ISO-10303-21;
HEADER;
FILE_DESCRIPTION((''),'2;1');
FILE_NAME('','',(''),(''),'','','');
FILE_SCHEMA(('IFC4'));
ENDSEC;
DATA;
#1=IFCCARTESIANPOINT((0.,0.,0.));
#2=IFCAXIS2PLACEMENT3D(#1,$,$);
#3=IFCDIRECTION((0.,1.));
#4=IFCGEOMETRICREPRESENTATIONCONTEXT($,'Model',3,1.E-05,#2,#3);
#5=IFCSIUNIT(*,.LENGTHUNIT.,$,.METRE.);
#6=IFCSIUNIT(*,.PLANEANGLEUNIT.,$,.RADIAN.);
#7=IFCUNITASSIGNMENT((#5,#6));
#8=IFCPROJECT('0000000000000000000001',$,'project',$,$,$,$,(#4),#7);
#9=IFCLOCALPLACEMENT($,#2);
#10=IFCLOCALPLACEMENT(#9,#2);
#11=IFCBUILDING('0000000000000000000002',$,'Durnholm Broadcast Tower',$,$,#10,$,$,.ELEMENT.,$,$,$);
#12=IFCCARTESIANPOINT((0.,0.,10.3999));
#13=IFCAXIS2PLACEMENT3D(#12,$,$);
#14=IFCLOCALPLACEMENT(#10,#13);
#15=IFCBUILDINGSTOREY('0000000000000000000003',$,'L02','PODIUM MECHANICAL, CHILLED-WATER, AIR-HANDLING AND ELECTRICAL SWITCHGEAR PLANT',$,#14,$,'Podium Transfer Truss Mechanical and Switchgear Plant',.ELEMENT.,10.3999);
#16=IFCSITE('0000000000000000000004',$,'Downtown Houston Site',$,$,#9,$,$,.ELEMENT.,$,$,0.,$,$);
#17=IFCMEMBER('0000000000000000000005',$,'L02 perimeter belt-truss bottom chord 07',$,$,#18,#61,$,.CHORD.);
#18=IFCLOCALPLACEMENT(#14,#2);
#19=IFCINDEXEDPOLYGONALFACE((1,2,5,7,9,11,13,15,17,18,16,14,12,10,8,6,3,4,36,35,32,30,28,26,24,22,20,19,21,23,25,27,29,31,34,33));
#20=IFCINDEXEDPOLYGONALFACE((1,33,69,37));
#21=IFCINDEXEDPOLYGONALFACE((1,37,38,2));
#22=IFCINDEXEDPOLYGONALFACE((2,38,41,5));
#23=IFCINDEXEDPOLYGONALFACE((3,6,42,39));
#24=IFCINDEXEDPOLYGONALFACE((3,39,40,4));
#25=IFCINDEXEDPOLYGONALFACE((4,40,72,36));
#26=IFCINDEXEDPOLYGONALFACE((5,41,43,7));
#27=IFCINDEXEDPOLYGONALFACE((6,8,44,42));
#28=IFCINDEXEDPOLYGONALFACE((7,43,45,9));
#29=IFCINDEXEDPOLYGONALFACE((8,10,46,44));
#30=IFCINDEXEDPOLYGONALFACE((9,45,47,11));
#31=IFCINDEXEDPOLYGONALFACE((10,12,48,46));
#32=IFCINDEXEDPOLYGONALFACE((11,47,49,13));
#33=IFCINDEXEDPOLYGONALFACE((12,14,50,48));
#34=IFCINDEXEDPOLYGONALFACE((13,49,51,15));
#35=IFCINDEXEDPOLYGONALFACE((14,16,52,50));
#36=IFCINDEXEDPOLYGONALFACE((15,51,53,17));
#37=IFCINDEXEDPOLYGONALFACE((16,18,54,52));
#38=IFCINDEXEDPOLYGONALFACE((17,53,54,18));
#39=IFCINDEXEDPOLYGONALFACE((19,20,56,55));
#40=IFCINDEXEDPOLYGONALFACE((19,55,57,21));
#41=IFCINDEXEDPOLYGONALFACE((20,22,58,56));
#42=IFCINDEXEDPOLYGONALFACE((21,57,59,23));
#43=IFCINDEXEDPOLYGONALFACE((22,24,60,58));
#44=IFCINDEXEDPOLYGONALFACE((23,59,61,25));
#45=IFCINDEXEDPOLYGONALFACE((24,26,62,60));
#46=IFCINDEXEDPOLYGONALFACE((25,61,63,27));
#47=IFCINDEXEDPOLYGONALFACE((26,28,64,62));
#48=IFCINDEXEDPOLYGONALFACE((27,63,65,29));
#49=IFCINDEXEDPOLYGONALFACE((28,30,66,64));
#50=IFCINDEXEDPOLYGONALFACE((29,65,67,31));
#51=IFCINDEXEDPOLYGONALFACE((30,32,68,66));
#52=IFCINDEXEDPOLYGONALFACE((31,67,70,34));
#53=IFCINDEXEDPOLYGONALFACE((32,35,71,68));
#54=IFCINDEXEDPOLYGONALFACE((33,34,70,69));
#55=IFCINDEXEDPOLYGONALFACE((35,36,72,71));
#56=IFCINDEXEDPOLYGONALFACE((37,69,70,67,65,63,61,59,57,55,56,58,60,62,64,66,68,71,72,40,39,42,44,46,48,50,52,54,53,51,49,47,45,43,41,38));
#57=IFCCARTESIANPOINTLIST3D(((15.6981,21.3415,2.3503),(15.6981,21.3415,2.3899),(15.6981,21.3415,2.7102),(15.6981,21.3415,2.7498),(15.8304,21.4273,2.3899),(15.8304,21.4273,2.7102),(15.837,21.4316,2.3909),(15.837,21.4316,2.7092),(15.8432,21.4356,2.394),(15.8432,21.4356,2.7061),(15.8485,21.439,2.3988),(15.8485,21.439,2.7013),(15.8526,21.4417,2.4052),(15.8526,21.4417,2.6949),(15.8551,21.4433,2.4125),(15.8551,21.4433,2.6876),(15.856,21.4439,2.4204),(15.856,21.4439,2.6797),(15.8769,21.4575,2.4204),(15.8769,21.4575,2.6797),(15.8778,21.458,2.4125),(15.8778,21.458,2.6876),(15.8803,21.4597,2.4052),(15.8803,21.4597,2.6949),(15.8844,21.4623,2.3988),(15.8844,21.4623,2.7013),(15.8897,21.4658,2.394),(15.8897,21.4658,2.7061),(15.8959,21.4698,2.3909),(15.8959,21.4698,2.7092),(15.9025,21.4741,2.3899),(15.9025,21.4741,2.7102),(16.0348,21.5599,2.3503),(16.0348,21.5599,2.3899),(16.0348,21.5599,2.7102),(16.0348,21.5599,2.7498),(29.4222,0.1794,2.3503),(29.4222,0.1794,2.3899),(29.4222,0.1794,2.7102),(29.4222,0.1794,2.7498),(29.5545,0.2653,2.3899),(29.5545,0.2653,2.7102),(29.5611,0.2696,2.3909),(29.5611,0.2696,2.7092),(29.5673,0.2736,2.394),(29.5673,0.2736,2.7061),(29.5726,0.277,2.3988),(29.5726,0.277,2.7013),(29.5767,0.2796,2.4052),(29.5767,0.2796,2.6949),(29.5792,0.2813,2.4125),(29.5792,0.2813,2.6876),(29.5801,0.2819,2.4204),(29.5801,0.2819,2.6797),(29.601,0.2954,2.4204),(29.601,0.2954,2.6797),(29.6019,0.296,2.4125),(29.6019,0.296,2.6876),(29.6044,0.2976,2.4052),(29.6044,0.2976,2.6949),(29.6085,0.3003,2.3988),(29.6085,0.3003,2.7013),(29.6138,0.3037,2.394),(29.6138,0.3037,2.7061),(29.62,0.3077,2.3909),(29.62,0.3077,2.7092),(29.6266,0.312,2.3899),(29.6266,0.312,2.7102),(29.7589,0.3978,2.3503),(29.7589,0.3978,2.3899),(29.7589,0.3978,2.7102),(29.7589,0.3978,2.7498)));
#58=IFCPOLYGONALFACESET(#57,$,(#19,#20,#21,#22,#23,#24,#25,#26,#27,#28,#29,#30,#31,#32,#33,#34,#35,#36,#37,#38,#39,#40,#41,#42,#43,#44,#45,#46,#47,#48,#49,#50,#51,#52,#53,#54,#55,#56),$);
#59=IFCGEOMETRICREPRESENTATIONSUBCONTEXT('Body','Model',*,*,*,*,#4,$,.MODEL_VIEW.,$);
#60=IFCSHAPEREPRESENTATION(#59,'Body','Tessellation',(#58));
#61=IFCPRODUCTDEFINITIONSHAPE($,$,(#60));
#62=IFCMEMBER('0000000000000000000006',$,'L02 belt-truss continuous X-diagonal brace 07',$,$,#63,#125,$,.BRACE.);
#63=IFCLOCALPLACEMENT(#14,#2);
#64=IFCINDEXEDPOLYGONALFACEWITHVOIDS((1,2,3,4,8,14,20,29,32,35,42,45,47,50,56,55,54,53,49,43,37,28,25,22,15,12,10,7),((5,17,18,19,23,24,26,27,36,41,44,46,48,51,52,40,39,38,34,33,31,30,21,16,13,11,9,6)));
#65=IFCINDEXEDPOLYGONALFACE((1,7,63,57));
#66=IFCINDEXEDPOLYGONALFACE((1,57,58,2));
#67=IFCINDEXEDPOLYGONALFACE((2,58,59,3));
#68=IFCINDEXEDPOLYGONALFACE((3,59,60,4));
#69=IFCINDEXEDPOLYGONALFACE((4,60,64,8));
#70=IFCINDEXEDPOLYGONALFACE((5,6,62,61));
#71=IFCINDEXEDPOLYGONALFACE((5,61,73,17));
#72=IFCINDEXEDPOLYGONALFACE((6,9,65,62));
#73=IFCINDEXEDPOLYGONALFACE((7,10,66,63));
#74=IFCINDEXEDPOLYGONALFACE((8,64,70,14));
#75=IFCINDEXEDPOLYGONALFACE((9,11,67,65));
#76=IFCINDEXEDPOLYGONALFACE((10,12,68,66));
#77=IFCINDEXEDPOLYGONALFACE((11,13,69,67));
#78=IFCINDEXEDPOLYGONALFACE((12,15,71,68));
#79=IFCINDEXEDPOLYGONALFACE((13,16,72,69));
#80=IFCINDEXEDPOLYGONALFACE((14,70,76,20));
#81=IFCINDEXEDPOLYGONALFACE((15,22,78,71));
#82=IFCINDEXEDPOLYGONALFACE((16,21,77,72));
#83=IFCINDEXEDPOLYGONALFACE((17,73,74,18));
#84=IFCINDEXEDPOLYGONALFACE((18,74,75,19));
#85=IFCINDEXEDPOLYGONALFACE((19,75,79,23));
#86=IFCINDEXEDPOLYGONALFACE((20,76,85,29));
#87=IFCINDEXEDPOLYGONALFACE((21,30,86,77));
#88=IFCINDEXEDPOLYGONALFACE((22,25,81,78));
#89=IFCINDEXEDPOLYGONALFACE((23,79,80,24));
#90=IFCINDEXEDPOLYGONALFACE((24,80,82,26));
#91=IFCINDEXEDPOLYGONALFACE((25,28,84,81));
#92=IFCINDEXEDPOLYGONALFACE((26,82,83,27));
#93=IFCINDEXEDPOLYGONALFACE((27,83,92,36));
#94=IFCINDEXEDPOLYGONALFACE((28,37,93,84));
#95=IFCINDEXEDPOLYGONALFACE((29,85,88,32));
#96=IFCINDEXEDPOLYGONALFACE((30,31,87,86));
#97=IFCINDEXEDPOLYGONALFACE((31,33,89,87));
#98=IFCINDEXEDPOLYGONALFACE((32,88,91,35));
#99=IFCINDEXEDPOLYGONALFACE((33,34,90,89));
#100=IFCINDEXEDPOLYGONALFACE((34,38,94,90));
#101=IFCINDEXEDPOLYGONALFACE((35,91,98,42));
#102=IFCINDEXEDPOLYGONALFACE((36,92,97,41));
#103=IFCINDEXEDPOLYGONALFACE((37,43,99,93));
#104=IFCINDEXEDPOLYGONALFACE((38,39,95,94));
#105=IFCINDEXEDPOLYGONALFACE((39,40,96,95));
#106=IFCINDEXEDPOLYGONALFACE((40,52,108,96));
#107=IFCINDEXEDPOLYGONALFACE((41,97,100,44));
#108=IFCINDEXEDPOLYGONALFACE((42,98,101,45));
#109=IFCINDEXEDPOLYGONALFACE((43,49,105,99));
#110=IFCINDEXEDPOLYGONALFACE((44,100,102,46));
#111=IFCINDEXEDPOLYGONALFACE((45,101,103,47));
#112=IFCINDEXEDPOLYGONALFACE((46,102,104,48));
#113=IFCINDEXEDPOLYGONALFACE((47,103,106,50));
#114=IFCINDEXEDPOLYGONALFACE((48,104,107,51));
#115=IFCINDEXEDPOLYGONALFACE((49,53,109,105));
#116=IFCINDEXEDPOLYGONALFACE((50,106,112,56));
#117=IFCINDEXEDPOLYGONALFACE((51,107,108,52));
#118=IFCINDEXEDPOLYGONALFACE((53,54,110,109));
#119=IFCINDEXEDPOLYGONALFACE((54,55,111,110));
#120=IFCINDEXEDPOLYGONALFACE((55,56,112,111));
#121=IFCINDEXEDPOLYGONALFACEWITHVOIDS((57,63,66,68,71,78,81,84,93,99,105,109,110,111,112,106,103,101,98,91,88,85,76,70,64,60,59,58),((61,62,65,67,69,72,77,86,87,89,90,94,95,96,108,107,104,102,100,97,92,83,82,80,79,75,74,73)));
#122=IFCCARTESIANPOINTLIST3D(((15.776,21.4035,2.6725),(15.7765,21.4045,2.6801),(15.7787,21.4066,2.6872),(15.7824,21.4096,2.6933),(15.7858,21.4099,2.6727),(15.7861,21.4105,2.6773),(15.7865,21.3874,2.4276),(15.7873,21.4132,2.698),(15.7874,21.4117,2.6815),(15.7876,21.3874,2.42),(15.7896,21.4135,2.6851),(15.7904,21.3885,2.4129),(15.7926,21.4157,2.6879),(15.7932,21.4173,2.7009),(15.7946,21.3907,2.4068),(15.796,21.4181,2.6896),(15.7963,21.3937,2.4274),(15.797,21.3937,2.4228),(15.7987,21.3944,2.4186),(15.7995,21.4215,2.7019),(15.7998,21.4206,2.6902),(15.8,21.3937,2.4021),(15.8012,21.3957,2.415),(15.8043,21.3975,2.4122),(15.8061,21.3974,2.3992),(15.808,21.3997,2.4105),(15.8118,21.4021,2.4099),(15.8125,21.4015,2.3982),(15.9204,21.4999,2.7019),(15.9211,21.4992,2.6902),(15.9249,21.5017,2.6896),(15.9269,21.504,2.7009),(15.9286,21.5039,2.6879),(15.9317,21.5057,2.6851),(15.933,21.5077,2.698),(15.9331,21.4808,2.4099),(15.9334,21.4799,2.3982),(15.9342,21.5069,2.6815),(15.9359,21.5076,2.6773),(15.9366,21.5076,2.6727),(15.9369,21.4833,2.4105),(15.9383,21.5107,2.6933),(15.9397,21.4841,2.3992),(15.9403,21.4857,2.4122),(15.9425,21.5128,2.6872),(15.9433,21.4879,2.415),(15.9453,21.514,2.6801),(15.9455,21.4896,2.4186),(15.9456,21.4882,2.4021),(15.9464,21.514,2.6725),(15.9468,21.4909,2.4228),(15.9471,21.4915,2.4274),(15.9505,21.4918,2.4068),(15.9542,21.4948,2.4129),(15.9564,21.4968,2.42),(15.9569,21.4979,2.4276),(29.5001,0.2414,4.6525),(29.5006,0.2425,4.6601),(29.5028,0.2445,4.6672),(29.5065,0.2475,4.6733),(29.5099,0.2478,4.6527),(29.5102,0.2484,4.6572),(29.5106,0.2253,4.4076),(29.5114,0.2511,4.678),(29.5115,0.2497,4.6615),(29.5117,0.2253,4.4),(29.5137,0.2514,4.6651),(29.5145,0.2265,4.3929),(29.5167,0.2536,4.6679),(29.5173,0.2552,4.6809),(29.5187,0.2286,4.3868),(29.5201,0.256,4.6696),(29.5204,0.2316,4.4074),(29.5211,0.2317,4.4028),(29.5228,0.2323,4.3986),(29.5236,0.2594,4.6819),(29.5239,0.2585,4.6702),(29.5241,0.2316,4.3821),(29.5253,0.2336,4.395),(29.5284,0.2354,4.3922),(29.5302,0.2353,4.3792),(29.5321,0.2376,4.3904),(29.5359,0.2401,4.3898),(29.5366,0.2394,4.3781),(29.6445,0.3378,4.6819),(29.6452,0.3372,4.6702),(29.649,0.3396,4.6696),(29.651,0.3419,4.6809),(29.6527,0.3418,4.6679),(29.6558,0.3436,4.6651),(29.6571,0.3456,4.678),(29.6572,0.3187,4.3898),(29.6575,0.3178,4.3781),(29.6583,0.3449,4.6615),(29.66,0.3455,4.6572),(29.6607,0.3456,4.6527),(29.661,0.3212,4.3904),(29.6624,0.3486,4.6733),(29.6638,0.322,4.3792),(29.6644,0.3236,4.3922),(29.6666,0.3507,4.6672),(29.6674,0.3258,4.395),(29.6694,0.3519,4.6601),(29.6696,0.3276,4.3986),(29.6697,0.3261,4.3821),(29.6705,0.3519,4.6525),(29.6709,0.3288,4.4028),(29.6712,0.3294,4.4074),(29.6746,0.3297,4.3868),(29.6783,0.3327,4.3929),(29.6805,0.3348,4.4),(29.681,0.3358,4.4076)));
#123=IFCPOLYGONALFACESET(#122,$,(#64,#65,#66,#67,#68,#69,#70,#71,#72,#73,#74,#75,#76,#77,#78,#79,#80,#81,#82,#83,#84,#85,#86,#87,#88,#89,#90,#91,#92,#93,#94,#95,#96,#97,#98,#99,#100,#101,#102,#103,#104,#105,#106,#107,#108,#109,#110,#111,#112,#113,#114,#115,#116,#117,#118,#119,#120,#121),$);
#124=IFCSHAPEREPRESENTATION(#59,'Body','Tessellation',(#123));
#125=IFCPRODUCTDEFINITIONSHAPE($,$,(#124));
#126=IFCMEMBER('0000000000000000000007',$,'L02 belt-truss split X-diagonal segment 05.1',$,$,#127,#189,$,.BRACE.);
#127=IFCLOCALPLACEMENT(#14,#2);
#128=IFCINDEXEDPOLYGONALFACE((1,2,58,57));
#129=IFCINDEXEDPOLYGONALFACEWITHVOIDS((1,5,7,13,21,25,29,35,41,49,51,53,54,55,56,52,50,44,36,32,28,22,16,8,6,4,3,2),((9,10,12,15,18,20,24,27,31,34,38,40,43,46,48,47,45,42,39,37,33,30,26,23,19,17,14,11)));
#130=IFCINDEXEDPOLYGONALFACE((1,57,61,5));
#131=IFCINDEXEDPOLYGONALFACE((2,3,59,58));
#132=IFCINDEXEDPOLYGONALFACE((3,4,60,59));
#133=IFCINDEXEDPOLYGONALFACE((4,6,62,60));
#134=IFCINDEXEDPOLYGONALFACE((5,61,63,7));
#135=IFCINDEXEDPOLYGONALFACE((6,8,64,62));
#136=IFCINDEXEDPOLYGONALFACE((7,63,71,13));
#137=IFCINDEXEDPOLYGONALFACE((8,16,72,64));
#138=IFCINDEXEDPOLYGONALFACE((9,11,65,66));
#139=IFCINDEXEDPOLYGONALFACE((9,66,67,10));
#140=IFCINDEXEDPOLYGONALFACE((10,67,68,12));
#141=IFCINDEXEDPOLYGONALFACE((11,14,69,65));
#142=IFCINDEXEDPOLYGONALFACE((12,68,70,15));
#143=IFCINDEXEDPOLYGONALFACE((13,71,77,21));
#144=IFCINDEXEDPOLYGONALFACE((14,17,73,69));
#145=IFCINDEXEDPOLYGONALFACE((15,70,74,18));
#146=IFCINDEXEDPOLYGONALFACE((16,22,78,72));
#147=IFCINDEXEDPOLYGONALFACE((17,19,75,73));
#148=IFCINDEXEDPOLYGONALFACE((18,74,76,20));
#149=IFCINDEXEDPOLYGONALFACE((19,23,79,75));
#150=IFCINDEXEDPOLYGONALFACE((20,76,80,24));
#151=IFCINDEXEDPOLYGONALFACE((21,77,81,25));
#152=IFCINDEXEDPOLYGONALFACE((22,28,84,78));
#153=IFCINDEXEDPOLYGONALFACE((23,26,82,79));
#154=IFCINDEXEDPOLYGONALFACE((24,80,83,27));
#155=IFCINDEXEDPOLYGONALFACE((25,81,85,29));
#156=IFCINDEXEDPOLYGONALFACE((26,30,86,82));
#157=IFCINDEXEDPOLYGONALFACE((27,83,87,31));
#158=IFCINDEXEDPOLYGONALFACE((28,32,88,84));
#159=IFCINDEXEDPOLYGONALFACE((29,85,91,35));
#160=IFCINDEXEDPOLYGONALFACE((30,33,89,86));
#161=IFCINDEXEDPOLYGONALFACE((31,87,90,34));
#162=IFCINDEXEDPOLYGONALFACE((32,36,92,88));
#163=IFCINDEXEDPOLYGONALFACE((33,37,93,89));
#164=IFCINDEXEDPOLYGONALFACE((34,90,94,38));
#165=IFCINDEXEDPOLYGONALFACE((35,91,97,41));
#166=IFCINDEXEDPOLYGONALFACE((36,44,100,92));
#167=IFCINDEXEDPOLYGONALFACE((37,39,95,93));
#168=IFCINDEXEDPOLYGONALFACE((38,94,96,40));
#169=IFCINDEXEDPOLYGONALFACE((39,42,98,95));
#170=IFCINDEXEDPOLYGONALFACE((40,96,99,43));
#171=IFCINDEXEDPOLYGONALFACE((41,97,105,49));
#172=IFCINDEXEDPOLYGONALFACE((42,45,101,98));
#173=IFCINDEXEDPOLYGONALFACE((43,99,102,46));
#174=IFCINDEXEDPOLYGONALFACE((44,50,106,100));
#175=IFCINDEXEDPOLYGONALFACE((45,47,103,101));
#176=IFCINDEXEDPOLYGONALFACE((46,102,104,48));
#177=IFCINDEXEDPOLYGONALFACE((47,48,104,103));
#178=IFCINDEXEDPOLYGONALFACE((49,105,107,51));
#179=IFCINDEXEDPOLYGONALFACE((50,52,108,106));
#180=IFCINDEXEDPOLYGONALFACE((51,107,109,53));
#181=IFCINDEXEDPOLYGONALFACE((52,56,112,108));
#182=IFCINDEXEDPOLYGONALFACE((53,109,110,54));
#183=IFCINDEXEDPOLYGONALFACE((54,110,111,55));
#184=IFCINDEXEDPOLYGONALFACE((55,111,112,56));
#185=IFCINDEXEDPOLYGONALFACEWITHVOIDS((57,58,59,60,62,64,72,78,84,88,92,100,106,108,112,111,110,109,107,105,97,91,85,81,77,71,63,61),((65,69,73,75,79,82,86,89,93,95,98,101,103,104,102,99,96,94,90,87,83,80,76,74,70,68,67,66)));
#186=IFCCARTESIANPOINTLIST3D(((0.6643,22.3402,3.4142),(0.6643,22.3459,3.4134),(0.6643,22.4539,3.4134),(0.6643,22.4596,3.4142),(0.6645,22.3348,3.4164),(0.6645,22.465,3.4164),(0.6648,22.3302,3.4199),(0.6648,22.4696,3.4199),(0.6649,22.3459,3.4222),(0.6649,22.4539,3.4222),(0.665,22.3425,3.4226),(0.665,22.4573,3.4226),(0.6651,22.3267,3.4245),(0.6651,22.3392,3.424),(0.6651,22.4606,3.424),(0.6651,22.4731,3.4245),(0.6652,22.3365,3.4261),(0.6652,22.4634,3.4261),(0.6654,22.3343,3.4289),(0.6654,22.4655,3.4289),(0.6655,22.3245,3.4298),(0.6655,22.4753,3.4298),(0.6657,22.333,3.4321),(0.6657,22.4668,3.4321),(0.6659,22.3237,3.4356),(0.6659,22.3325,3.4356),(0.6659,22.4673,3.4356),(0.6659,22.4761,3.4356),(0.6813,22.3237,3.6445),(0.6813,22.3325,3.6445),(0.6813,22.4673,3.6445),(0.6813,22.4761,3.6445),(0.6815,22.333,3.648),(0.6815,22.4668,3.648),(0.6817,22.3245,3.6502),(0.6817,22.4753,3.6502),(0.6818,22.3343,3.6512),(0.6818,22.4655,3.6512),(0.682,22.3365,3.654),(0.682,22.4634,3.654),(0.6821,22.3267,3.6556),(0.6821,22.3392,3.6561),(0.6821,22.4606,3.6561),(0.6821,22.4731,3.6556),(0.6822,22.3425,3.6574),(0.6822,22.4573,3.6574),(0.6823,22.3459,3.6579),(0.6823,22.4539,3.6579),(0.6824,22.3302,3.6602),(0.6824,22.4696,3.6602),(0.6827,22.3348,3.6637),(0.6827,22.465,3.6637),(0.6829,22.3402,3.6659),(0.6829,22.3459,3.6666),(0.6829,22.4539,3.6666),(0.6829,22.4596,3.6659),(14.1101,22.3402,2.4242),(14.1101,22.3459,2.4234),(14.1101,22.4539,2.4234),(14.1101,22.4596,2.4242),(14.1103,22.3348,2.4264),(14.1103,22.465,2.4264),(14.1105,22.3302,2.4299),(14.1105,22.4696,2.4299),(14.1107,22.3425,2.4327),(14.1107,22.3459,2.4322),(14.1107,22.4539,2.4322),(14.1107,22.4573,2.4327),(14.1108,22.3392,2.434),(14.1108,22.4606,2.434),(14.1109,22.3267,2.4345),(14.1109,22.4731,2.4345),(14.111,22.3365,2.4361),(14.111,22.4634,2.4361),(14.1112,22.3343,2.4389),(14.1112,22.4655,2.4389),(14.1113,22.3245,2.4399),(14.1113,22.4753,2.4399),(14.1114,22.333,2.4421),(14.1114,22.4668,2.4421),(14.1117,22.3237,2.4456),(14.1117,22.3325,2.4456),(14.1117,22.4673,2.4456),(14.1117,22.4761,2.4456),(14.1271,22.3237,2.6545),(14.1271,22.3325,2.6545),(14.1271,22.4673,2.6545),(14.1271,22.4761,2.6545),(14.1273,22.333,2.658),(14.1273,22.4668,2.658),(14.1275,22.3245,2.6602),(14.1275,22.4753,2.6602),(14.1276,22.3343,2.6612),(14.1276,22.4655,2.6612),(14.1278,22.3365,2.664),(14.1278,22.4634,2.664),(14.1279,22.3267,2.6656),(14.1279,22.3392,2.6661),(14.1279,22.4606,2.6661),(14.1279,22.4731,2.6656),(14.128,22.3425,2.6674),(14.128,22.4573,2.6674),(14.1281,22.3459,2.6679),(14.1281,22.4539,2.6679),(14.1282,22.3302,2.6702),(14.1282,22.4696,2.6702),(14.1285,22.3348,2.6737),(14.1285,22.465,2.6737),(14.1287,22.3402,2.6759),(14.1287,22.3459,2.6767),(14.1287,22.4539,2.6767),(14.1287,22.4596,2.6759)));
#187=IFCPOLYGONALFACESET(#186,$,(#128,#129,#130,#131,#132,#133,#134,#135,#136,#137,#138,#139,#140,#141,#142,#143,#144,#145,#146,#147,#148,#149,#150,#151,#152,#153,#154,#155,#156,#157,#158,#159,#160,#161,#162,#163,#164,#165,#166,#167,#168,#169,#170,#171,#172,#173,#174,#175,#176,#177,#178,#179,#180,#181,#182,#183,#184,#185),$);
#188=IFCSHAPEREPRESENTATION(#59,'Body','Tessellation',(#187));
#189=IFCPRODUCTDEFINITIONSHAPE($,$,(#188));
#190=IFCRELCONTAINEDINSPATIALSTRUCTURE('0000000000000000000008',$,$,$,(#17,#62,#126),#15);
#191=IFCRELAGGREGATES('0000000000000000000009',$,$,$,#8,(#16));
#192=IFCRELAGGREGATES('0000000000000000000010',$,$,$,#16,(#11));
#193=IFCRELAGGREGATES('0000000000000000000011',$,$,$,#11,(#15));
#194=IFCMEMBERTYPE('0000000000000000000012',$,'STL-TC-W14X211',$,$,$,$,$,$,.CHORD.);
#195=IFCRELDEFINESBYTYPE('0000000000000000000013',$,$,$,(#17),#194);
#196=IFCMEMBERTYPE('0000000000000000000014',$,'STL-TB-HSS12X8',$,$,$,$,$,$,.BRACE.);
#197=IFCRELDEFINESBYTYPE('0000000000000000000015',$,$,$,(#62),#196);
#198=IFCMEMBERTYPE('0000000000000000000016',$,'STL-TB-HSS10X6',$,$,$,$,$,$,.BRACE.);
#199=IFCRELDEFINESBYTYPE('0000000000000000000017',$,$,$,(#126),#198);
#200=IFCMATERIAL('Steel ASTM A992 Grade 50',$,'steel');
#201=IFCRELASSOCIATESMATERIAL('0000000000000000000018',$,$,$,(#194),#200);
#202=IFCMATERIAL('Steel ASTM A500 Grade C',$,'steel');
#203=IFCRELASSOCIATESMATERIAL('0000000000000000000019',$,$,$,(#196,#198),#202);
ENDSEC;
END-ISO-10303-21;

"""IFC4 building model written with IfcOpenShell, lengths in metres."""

from ifc_helpers import new_model, si_unit, direction, frame, origin, origin_2d, place, context, subcontext, project, spatial, hollow_rectangle, i_section, extrude, source, transform, mapped, material, material_profile, profile_set, type_object, type_shapes, element, save


model = new_model("IFC4")

# Units and contexts
model_context = context("Model", 3, precision=1e-05, world=origin(), true_north=direction((0.0, 1.0)))
body_context = subcontext(model_context, "Body", "Model", "MODEL_VIEW")
ifc_project = project(units=[si_unit("LENGTHUNIT", "METRE"), si_unit("PLANEANGLEUNIT", "RADIAN")], contexts=[model_context])

# Site, building, storey
site_placement = place(None, origin())
site = spatial("IfcSite", under=ifc_project, at=site_placement, Name="Downtown Houston Site", CompositionType="ELEMENT", RefElevation=0.0)
building_placement = place(site_placement, origin())
building = spatial("IfcBuilding", under=site, at=building_placement, Name="Durnholm Broadcast Tower", CompositionType="ELEMENT")
storey_placement = place(building_placement, frame((0.0, 0.0, 10.3999)))
storey = spatial("IfcBuildingStorey", under=building, at=storey_placement, Name="L02", Description="PODIUM MECHANICAL, CHILLED-WATER, AIR-HANDLING AND ELECTRICAL SWITCHGEAR PLANT", LongName="Podium Transfer Truss Mechanical and Switchgear Plant", CompositionType="ELEMENT", Elevation=10.3999)

# Shared definitions
ifc_material_1 = material(Name="Steel ASTM A992 Grade 50", Category="steel")

# Members
ifc_material_profile_1 = material_profile(ifc_material_1, i_section(OverallWidth=0.4014, OverallDepth=0.3994, WebThickness=0.0249, FlangeThickness=0.0396, FilletRadius=0.0305, at=origin_2d()), Name="W14X211")
ifc_profile_set_1 = profile_set([ifc_material_profile_1], Name="Steel ASTM A992 Grade 50")
member_type_1 = type_object("IfcMemberType", Name="STL-TC-W14X211", PredefinedType="CHORD", material=ifc_profile_set_1)
shared_shape_1 = source(origin(), body_context, "Body", "SweptSolid", [
    extrude(i_section(OverallWidth=0.4014, OverallDepth=0.3994, WebThickness=0.0249, FlangeThickness=0.0396, FilletRadius=0.0305, at=origin_2d()), origin(), (0.0, 0.0, 1.0), 25.2227),
])
type_shapes(member_type_1, [shared_shape_1])
member_1_placement = place(storey_placement, frame((15.8665, 21.4507, 2.55), z_axis=(0.544117, -0.839009, 0.0), x_axis=(0.839009, 0.544117, 0.0)))
element("IfcMember", 1, at=member_1_placement, inside=storey, type_object=member_type_1, Name="L02 perimeter belt-truss bottom chord 07", PredefinedType="CHORD", context=body_context, shape_type="MappedRepresentation", body=[
    mapped(shared_shape_1, transform((0.0, 0.0, 0.0), x_axis=(1.0, 0.0, 0.0), y_axis=(0.0, 1.0, 0.0), z_axis=(0.0, 0.0, 1.0), scale=1.0)),
])
ifc_material_2 = material(Name="Steel ASTM A500 Grade C", Category="steel")
ifc_material_profile_2 = material_profile(ifc_material_2, hollow_rectangle(XDim=0.2031, YDim=0.3047, WallThickness=0.0117, InnerFilletRadius=0.0176, OuterFilletRadius=0.0295, at=origin_2d()), Name="HSS12X8X1/2")
ifc_profile_set_2 = profile_set([ifc_material_profile_2], Name="Steel ASTM A500 Grade C")
member_type_2 = type_object("IfcMemberType", Name="STL-TB-HSS12X8", PredefinedType="BRACE", material=ifc_profile_set_2)
shared_shape_2 = source(origin(), body_context, "Body", "SweptSolid", [
    extrude(hollow_rectangle(XDim=0.2031, YDim=0.3047, WallThickness=0.0117, InnerFilletRadius=0.0176, OuterFilletRadius=0.0295, at=origin_2d()), origin(), (0.0, 0.0, 1.0), 25.3003),
])
type_shapes(member_type_2, [shared_shape_2])
member_2_placement = place(storey_placement, frame((15.8665, 21.4507, 2.55), z_axis=(0.542448, -0.836436, 0.078259), x_axis=(0.839009, 0.544117, 0.0)))
element("IfcMember", 2, at=member_2_placement, inside=storey, type_object=member_type_2, Name="L02 belt-truss continuous X-diagonal brace 07", PredefinedType="BRACE", context=body_context, shape_type="MappedRepresentation", body=[
    mapped(shared_shape_2, transform((0.0, 0.0, 0.0), x_axis=(1.0, 0.0, 0.0), y_axis=(0.0, 1.0, 0.0), z_axis=(0.0, 0.0, 1.0), scale=1.0)),
])
ifc_material_profile_3 = material_profile(ifc_material_2, hollow_rectangle(XDim=0.1523, YDim=0.2539, WallThickness=0.0088, InnerFilletRadius=0.0134, OuterFilletRadius=0.0222, at=origin_2d()), Name="HSS10X6X3/8")
ifc_profile_set_3 = profile_set([ifc_material_profile_3], Name="Steel ASTM A500 Grade C")
member_type_3 = type_object("IfcMemberType", Name="STL-TB-HSS10X6", PredefinedType="BRACE", material=ifc_profile_set_3)
shared_shape_3 = source(origin(), body_context, "Body", "SweptSolid", [
    extrude(hollow_rectangle(XDim=0.1523, YDim=0.2539, WallThickness=0.0088, InnerFilletRadius=0.0134, OuterFilletRadius=0.0222, at=origin_2d()), origin(), (0.0, 0.0, 1.0), 13.4822),
])
type_shapes(member_type_3, [shared_shape_3])
member_3_placement = place(storey_placement, frame((14.1194, 22.3999, 2.55), z_axis=(-0.9973, 0.0, 0.073429), x_axis=(0.0, -1.0, 0.0)))
element("IfcMember", 3, at=member_3_placement, inside=storey, type_object=member_type_3, Name="L02 belt-truss split X-diagonal segment 05.1", PredefinedType="BRACE", context=body_context, shape_type="MappedRepresentation", body=[
    mapped(shared_shape_3, transform((0.0, 0.0, 0.0), x_axis=(1.0, 0.0, 0.0), y_axis=(0.0, 1.0, 0.0), z_axis=(0.0, 0.0, 1.0), scale=1.0)),
])

save(model, "model.ifc")
